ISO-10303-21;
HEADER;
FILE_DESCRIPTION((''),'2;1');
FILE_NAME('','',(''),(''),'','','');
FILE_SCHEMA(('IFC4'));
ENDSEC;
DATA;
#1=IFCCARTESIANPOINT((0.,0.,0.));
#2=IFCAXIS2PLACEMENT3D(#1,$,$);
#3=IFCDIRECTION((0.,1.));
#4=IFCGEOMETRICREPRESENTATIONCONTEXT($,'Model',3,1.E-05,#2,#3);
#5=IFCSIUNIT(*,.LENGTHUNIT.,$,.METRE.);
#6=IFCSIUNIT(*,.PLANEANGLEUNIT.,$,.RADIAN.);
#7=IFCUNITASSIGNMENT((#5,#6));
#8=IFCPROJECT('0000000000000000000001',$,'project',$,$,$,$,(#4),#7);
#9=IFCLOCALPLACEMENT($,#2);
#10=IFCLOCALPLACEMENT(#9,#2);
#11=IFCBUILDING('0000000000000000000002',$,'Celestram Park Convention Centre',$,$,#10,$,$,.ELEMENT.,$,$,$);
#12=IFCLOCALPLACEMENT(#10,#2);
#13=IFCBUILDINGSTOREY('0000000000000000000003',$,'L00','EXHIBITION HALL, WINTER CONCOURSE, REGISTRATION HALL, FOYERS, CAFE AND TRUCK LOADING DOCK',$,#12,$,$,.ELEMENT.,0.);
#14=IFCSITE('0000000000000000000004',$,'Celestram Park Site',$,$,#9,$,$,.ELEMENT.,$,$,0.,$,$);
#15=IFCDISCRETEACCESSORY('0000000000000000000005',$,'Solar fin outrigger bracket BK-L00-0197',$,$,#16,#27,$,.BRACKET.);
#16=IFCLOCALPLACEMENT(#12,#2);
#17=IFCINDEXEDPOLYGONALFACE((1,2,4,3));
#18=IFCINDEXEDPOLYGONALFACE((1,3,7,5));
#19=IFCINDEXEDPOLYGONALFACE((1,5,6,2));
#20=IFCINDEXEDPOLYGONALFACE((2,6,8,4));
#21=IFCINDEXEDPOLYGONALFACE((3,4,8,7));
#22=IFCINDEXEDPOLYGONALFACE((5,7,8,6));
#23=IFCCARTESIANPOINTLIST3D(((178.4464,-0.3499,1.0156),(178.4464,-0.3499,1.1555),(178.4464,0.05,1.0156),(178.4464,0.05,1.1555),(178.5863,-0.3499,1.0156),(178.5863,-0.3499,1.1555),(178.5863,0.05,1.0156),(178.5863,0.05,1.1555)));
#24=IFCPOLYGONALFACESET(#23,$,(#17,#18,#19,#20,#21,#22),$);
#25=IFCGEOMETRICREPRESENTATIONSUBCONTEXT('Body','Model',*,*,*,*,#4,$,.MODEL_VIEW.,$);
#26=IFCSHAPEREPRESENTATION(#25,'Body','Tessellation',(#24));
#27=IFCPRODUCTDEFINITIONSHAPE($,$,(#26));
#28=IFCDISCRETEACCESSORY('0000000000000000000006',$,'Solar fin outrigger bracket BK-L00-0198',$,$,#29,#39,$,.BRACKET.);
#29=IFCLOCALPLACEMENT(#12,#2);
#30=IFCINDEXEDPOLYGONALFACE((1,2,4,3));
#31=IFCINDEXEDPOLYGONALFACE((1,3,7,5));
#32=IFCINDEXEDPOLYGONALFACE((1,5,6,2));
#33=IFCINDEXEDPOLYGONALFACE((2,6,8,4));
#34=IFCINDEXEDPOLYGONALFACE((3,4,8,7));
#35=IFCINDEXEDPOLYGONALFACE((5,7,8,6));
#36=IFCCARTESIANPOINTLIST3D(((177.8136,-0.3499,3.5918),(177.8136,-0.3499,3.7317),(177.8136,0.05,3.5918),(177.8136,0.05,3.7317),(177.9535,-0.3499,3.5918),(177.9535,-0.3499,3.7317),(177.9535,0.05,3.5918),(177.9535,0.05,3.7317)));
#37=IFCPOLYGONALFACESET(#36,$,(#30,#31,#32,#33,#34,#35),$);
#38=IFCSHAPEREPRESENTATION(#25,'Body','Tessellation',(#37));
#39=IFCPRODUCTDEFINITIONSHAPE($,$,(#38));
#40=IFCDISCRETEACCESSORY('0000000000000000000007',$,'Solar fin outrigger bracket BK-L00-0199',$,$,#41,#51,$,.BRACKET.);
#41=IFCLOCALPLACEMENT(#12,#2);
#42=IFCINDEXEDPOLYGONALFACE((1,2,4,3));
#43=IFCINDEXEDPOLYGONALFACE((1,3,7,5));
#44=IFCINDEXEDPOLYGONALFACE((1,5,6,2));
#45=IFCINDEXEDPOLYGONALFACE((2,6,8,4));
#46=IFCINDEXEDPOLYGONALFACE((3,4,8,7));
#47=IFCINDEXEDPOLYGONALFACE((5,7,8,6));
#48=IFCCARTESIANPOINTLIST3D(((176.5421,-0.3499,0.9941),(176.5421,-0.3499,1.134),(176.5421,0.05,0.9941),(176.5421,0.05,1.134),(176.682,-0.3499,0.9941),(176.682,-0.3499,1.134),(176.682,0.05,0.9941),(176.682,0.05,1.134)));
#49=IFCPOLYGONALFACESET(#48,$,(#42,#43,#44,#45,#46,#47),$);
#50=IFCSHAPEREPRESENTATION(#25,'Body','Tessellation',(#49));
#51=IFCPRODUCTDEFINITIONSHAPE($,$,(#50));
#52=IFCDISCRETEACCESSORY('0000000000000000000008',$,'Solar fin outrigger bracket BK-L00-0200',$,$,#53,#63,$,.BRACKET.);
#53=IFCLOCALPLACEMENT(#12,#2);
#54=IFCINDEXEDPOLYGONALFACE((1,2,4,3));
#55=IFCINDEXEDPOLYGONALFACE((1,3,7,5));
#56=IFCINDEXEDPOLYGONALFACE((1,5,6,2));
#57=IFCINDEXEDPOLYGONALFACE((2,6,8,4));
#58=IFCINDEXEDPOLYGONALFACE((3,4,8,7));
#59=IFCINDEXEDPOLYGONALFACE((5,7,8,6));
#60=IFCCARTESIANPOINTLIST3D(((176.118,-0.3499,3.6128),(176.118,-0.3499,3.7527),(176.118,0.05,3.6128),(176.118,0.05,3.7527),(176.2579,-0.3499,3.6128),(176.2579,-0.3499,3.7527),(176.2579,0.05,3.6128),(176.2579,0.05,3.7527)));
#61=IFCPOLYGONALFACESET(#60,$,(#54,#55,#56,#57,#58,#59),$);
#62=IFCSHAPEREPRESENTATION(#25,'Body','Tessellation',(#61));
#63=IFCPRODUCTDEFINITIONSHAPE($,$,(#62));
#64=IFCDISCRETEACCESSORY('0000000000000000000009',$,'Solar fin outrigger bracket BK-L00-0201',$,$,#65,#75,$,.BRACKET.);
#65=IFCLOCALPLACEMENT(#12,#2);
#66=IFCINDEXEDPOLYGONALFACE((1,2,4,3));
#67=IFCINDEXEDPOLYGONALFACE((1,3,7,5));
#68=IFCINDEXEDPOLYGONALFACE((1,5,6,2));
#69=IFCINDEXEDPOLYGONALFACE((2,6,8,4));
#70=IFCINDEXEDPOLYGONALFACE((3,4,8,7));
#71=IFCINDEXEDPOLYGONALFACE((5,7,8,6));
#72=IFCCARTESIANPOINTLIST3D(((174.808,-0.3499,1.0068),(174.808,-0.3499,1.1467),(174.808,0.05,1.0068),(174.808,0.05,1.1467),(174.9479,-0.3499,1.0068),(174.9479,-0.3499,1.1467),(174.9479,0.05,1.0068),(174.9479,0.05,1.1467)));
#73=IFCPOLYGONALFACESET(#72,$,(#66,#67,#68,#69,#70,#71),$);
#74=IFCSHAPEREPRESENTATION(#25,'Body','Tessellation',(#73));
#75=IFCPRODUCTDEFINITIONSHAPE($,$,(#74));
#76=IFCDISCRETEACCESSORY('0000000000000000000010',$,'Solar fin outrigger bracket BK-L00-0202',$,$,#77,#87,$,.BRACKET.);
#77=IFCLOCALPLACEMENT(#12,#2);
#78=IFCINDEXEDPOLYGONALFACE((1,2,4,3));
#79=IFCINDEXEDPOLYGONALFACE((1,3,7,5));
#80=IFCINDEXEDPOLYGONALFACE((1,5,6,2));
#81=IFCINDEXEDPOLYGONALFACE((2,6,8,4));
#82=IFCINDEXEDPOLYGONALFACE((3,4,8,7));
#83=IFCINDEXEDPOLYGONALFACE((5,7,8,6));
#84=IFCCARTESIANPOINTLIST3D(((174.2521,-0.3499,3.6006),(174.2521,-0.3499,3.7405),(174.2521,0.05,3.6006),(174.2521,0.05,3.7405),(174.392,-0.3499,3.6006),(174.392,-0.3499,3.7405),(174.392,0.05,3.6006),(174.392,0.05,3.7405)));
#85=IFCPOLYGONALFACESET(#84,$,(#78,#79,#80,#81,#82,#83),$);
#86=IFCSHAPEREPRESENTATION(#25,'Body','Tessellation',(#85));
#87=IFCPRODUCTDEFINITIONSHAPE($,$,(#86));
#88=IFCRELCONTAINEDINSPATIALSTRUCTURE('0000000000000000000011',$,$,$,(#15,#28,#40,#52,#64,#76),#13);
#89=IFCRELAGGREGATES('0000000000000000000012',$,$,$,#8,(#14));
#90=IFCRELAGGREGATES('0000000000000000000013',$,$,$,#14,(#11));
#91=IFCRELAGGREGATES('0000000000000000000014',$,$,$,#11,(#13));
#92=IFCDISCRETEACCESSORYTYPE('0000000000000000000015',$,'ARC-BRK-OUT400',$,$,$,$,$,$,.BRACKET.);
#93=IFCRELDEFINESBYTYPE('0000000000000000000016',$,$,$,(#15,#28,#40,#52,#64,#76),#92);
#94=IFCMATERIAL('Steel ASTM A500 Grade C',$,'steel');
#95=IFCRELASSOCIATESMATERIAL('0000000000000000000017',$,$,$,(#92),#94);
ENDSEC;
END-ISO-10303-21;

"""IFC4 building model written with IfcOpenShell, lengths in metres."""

from ifc_helpers import new_model, si_unit, direction, frame, origin, origin_2d, place, context, subcontext, project, spatial, rectangle, extrude, material, type_object, element, save


model = new_model("IFC4")

# Units and contexts
model_context = context("Model", 3, precision=1e-05, world=origin(), true_north=direction((0.0, 1.0)))
body_context = subcontext(model_context, "Body", "Model", "MODEL_VIEW")
ifc_project = project(units=[si_unit("LENGTHUNIT", "METRE"), si_unit("PLANEANGLEUNIT", "RADIAN")], contexts=[model_context])

# Site, building, storey
site_placement = place(None, origin())
site = spatial("IfcSite", under=ifc_project, at=site_placement, Name="Celestram Park Site", CompositionType="ELEMENT", RefElevation=0.0)
building_placement = place(site_placement, origin())
building = spatial("IfcBuilding", under=site, at=building_placement, Name="Celestram Park Convention Centre", CompositionType="ELEMENT")
storey_placement = place(building_placement, origin())
storey = spatial("IfcBuildingStorey", under=building, at=storey_placement, Name="L00", Description="EXHIBITION HALL, WINTER CONCOURSE, REGISTRATION HALL, FOYERS, CAFE AND TRUCK LOADING DOCK", CompositionType="ELEMENT", Elevation=0.0)

# Discrete accessories
ifc_material_1 = material(Name="Steel ASTM A500 Grade C", Category="steel")
discrete_accessory_type = type_object("IfcDiscreteAccessoryType", Name="ARC-BRK-OUT400", PredefinedType="BRACKET", material=ifc_material_1)
for number, where, z_axis, x_axis, name in (
    (1, (178.5164, -0.1499, 1.0156), (0.0, 0.0, 1.0), (0.0, -1.0, 0.0), "Solar fin outrigger bracket BK-L00-0197"),
    (2, (177.8835, -0.1499, 3.5918), (0.0, 0.0, 1.0), (0.0, -1.0, 0.0), "Solar fin outrigger bracket BK-L00-0198"),
    (3, (176.6121, -0.1499, 0.9941), (0.0, 0.0, 1.0), (0.0, -1.0, 0.0), "Solar fin outrigger bracket BK-L00-0199"),
    (4, (176.188, -0.1499, 3.6128), (0.0, 0.0, 1.0), (0.0, -1.0, 0.0), "Solar fin outrigger bracket BK-L00-0200"),
    (5, (174.8779, -0.1499, 1.0068), (0.0, 0.0, 1.0), (0.0, -1.0, 0.0), "Solar fin outrigger bracket BK-L00-0201"),
    (6, (174.322, -0.1499, 3.6006), (0.0, 0.0, 1.0), (0.0, -1.0, 0.0), "Solar fin outrigger bracket BK-L00-0202"),
):
    element("IfcDiscreteAccessory", number, at=place(storey_placement, frame(where, z_axis=z_axis, x_axis=x_axis)), inside=storey, type_object=discrete_accessory_type, Name=name, PredefinedType="BRACKET", context=body_context, shape_type="SweptSolid", body=[
        extrude(rectangle(XDim=0.3999, YDim=0.1399, at=origin_2d()), origin(), (0.0, 0.0, 1.0), 0.1399),
    ])

save(model, "model.ifc")
